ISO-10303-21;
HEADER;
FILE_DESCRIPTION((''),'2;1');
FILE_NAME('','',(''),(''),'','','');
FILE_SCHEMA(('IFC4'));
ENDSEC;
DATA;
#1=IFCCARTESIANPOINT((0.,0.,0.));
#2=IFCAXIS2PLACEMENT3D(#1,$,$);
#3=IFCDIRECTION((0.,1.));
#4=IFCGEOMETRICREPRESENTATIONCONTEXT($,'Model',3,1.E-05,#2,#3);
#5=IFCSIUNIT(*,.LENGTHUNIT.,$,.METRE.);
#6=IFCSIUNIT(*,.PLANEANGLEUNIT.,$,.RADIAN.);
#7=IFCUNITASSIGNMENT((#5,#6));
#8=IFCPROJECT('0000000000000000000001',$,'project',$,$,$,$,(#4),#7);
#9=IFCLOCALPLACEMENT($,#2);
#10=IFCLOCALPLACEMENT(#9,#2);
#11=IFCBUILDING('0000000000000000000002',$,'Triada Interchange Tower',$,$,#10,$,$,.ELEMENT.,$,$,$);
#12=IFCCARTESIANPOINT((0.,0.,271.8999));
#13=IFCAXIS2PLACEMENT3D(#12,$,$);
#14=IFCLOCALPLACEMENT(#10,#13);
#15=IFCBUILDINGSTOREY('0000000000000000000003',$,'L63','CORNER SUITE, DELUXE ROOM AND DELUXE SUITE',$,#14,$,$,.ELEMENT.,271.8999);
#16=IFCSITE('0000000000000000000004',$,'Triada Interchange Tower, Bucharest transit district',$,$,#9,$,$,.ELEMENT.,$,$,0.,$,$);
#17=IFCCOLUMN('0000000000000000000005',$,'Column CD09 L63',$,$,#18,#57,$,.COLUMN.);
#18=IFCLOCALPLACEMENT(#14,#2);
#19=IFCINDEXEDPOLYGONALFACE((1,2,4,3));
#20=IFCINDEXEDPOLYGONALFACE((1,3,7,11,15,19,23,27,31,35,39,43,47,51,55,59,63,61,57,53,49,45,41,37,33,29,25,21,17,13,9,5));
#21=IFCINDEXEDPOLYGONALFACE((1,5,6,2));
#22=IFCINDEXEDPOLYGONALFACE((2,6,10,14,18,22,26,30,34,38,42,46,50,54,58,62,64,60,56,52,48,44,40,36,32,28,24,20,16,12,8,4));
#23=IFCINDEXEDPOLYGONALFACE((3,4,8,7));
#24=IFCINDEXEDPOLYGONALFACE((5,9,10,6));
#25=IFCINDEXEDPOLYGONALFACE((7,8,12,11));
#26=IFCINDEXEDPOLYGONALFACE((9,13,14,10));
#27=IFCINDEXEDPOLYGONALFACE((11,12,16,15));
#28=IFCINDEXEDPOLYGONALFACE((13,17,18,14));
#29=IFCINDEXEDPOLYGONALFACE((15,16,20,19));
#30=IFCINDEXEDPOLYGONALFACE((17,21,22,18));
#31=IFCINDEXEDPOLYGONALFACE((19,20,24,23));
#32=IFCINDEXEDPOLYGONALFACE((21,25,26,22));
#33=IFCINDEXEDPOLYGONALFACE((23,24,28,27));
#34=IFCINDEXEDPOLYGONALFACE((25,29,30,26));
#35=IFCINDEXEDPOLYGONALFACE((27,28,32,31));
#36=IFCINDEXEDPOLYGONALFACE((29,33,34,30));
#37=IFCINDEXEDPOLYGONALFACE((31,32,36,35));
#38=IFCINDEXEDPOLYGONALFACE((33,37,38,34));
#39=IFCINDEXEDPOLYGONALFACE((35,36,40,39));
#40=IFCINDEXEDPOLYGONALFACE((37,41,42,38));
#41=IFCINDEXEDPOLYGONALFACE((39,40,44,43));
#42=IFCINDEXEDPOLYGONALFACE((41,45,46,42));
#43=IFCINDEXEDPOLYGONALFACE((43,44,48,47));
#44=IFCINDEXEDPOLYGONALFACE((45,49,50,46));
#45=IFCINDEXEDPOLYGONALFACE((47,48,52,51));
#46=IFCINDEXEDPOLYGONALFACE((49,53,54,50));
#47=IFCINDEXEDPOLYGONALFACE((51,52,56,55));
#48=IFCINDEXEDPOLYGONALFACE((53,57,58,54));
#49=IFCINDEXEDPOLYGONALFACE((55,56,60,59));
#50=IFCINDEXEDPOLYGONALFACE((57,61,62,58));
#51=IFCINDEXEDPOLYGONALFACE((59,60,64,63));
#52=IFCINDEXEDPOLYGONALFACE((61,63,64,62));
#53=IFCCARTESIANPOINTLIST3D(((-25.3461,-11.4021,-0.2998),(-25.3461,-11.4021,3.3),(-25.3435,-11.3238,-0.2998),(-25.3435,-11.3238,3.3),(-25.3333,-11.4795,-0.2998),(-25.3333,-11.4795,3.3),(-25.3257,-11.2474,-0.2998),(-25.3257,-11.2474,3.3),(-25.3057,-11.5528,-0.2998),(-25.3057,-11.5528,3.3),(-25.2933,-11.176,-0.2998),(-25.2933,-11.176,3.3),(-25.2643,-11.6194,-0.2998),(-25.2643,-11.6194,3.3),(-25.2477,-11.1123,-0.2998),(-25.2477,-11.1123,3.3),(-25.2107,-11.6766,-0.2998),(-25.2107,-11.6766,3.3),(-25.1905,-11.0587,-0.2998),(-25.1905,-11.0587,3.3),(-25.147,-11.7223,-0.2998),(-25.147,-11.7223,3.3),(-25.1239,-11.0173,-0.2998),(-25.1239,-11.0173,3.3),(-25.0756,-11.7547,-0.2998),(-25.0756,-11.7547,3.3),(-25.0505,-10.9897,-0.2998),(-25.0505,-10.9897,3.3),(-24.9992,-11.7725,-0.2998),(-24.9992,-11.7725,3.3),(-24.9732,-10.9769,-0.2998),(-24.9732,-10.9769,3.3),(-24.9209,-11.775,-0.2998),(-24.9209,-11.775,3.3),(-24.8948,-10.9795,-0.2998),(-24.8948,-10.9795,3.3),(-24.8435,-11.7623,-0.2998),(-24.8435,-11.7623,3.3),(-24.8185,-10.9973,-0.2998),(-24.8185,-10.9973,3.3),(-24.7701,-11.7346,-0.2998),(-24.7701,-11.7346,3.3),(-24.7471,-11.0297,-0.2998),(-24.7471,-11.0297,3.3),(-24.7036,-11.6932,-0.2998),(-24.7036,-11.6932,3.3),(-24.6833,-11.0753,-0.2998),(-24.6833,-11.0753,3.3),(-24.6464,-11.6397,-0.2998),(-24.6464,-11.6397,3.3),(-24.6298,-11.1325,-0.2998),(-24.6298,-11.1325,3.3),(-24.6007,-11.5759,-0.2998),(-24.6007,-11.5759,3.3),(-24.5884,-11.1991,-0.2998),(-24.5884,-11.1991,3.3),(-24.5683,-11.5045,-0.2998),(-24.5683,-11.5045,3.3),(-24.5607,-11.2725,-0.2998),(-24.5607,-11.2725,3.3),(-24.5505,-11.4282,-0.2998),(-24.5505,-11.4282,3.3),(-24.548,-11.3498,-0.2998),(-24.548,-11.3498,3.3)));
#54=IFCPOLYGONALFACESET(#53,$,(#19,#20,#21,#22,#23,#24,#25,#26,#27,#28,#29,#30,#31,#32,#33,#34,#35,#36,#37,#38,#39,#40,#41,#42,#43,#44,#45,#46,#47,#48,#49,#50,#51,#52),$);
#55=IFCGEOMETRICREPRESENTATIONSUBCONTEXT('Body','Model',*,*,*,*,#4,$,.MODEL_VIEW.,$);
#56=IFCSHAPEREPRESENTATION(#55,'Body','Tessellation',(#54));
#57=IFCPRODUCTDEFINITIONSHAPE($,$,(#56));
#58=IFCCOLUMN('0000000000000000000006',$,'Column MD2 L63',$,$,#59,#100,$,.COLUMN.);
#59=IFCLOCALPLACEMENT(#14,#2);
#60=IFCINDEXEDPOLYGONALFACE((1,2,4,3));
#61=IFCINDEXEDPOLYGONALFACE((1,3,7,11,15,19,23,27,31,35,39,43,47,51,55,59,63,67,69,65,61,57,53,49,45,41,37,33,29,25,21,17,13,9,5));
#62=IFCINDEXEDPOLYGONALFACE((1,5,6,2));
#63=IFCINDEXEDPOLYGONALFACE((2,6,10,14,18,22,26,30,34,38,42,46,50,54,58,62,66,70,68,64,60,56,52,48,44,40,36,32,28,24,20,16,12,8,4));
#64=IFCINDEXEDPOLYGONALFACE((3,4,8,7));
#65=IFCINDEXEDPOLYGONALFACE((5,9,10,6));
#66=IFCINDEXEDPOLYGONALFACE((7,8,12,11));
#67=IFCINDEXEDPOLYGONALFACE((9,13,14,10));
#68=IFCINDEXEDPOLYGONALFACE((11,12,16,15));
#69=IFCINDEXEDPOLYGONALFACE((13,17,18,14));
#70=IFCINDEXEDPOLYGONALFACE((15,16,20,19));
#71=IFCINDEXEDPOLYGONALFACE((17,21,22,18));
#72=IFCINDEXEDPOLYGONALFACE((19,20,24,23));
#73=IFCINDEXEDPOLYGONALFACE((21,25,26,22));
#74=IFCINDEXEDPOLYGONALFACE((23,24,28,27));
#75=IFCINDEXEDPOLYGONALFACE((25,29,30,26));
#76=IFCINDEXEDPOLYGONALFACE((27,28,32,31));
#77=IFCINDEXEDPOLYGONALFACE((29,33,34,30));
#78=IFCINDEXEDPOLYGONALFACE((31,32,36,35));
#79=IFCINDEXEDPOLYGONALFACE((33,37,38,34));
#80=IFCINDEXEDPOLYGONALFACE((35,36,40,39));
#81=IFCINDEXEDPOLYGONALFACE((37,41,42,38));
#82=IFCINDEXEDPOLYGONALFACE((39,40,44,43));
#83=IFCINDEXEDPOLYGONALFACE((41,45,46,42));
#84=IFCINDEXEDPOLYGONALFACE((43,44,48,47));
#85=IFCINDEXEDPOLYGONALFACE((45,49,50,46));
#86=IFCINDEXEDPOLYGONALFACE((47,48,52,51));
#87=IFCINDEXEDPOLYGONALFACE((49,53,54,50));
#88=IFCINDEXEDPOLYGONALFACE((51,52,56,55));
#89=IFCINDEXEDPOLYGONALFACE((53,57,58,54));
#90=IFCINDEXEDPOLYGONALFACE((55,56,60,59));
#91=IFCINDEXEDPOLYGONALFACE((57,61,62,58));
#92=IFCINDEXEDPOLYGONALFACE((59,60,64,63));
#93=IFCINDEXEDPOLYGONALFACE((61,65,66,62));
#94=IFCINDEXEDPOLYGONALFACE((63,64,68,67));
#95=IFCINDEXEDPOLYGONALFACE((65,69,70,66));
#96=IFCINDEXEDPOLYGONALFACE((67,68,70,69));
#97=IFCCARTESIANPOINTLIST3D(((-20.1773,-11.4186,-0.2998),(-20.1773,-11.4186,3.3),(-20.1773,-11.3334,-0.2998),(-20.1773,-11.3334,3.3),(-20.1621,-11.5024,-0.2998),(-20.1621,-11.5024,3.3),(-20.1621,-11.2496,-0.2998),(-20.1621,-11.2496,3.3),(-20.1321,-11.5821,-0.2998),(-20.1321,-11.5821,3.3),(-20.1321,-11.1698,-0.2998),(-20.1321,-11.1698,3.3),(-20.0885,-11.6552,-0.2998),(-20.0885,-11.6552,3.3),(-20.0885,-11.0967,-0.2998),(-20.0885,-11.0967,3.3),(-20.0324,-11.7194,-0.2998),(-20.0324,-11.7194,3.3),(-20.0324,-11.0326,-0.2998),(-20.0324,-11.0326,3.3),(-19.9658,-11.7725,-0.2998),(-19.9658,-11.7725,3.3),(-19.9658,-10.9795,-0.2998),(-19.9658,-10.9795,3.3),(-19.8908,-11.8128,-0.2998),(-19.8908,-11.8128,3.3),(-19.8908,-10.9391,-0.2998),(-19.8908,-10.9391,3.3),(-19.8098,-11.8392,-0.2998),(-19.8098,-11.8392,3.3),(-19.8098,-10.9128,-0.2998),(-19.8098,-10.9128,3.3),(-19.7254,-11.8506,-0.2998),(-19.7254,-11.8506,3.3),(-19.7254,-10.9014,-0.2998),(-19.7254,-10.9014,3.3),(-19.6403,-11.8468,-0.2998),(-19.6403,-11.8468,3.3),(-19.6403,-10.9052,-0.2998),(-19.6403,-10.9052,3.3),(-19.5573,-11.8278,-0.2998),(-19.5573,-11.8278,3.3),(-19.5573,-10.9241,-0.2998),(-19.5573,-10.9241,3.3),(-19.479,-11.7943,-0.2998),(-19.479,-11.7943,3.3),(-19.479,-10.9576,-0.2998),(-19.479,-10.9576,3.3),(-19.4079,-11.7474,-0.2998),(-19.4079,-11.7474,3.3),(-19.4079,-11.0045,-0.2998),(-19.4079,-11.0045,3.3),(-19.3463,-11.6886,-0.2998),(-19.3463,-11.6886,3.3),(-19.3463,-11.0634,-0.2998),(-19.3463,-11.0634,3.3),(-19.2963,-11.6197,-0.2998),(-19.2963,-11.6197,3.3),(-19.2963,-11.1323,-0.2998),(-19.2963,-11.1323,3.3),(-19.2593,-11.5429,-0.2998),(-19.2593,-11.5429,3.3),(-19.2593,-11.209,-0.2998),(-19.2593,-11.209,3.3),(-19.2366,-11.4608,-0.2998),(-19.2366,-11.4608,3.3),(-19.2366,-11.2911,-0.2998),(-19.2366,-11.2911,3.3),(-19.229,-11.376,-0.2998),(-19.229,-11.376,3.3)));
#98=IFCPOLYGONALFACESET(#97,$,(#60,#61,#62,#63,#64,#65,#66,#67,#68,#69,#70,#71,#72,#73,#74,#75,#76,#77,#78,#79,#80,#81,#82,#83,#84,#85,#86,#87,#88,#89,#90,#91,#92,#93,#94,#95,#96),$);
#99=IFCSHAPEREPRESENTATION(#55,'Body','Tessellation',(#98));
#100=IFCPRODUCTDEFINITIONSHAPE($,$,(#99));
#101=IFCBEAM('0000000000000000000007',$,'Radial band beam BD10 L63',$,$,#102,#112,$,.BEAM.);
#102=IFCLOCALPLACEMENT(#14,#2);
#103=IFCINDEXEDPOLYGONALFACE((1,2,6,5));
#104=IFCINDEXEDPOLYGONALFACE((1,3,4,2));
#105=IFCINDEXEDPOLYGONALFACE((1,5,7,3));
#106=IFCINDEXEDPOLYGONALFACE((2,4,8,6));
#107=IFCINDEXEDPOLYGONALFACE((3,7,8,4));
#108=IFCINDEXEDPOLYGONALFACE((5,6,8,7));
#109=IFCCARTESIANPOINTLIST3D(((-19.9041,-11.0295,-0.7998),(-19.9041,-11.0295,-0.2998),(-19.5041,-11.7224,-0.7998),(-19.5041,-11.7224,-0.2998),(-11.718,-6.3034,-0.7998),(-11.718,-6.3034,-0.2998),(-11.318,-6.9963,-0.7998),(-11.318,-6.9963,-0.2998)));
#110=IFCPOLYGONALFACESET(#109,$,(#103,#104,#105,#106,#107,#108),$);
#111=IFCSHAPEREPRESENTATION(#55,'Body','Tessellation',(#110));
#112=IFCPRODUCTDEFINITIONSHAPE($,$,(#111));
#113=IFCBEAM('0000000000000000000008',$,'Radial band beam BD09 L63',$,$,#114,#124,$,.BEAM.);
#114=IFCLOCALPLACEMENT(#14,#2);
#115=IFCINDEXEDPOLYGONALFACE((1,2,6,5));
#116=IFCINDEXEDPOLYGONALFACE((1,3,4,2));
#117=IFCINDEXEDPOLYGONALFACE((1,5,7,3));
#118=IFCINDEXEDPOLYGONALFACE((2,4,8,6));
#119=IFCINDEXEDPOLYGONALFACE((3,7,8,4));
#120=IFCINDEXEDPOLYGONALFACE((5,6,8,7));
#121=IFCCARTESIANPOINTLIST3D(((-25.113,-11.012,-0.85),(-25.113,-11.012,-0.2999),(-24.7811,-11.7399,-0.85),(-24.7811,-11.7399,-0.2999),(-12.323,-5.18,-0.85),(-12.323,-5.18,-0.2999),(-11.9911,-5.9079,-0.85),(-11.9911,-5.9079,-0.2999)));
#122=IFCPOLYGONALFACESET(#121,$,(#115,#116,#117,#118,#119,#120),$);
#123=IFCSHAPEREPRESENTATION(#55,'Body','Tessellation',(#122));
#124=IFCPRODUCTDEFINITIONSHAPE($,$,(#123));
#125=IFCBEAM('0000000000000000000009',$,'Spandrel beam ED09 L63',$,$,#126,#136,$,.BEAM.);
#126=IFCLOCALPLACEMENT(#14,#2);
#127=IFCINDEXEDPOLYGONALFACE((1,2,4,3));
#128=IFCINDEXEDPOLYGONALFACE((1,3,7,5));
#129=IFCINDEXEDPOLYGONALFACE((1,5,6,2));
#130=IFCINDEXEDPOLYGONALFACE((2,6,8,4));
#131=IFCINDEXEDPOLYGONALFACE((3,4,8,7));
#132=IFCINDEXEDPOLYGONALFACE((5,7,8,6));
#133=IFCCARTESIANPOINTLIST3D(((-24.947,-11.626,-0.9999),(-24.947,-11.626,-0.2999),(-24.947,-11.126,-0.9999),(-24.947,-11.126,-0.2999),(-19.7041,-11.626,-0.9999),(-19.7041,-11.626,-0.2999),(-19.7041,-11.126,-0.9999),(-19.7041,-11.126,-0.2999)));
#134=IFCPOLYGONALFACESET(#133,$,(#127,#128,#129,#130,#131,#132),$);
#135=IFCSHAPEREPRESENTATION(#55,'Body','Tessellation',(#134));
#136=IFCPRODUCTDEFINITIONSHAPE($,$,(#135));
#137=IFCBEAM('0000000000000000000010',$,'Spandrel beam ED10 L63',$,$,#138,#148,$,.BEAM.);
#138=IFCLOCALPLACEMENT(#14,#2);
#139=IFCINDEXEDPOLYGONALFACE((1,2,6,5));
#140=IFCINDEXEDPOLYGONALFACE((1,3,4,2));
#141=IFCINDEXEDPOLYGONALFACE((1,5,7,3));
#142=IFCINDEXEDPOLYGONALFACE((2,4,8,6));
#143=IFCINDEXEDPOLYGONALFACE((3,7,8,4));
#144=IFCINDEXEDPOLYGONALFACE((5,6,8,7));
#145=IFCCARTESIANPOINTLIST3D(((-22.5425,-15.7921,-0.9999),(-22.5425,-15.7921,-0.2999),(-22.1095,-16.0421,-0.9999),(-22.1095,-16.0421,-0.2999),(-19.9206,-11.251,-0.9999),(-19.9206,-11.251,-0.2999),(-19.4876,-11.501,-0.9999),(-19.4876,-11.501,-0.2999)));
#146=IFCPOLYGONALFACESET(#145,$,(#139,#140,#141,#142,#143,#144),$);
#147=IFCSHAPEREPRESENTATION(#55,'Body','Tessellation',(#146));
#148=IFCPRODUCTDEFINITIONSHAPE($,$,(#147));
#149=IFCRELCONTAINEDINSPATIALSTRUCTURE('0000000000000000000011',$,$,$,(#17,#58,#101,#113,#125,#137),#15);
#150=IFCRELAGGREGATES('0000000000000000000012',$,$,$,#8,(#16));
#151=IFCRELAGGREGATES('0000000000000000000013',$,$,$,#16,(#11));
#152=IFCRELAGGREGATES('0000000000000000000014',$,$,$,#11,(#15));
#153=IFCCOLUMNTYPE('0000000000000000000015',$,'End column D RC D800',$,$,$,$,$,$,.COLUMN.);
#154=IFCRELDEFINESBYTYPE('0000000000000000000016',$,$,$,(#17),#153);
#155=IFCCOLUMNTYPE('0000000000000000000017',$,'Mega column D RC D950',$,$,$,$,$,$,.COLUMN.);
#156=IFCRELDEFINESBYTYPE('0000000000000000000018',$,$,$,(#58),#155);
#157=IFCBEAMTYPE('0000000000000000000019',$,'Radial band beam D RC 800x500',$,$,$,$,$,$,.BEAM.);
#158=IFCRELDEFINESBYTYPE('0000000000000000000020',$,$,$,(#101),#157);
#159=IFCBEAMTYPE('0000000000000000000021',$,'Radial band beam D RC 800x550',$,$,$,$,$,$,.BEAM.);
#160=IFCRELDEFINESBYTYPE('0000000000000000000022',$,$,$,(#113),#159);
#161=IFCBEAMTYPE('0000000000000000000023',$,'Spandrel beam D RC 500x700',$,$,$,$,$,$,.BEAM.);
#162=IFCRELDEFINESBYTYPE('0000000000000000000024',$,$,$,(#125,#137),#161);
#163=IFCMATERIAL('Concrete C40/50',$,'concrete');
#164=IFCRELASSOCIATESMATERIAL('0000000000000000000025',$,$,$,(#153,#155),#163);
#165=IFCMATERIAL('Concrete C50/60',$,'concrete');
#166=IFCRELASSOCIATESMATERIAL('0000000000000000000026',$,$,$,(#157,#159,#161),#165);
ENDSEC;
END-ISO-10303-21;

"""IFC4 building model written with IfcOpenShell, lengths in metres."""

from ifc_helpers import new_model, si_unit, direction, frame, origin, origin_2d, place, context, subcontext, project, spatial, rectangle, circle, extrude, material, material_profile, profile_set, type_object, element, save


model = new_model("IFC4")

# Units and contexts
model_context = context("Model", 3, precision=1e-05, world=origin(), true_north=direction((0.0, 1.0)))
body_context = subcontext(model_context, "Body", "Model", "MODEL_VIEW")
ifc_project = project(units=[si_unit("LENGTHUNIT", "METRE"), si_unit("PLANEANGLEUNIT", "RADIAN")], contexts=[model_context])

# Site, building, storey
site_placement = place(None, origin())
site = spatial("IfcSite", under=ifc_project, at=site_placement, Name="Triada Interchange Tower, Bucharest transit district", CompositionType="ELEMENT", RefElevation=0.0)
building_placement = place(site_placement, origin())
building = spatial("IfcBuilding", under=site, at=building_placement, Name="Triada Interchange Tower", CompositionType="ELEMENT")
storey_placement = place(building_placement, frame((0.0, 0.0, 271.8999)))
storey = spatial("IfcBuildingStorey", under=building, at=storey_placement, Name="L63", Description="CORNER SUITE, DELUXE ROOM AND DELUXE SUITE", CompositionType="ELEMENT", Elevation=271.8999)

# Columns
ifc_material_1 = material(Name="Concrete C40/50", Category="concrete")
ifc_material_profile_1 = material_profile(ifc_material_1, circle(Radius=0.3999, at=origin_2d()), Name="RC D800")
ifc_profile_set_1 = profile_set([ifc_material_profile_1], Name="Concrete C40/50")
column_type_1 = type_object("IfcColumnType", Name="End column D RC D800", PredefinedType="COLUMN", material=ifc_profile_set_1)
column_1_placement = place(storey_placement, frame((-24.947, -11.376, -0.2998), z_axis=(0.0, 0.0, 1.0), x_axis=(0.5, 0.866025, 0.0)))
element("IfcColumn", 1, at=column_1_placement, inside=storey, type_object=column_type_1, Name="Column CD09 L63", PredefinedType="COLUMN", context=body_context, shape_type="SweptSolid", body=[
    extrude(circle(Radius=0.3999, at=origin_2d()), origin(), (0.0, 0.0, 1.0), 3.5999),
])
ifc_material_profile_2 = material_profile(ifc_material_1, circle(Radius=0.4751, at=origin_2d()), Name="RC D950")
ifc_profile_set_2 = profile_set([ifc_material_profile_2], Name="Concrete C40/50")
column_type_2 = type_object("IfcColumnType", Name="Mega column D RC D950", PredefinedType="COLUMN", material=ifc_profile_set_2)
column_2_placement = place(storey_placement, frame((-19.7041, -11.376, -0.2998), z_axis=(0.0, 0.0, 1.0), x_axis=(1.0, 0.0, 0.0)))
element("IfcColumn", 2, at=column_2_placement, inside=storey, type_object=column_type_2, Name="Column MD2 L63", PredefinedType="COLUMN", context=body_context, shape_type="SweptSolid", body=[
    extrude(circle(Radius=0.4751, at=origin_2d()), origin(), (0.0, 0.0, 1.0), 3.5999),
])

# Beams
ifc_material_2 = material(Name="Concrete C50/60", Category="concrete")
ifc_material_profile_3 = material_profile(ifc_material_2, rectangle(XDim=0.8, YDim=0.5, at=origin_2d()), Name="RC 800x500")
ifc_profile_set_3 = profile_set([ifc_material_profile_3], Name="Concrete C50/60")
beam_type_1 = type_object("IfcBeamType", Name="Radial band beam D RC 800x500", PredefinedType="BEAM", material=ifc_profile_set_3)
beam_1_placement = place(storey_placement, frame((-19.7041, -11.376, -0.5498), z_axis=(0.866032, 0.499989, 0.0), x_axis=(-0.499989, 0.866032, 0.0)))
element("IfcBeam", 3, at=beam_1_placement, inside=storey, type_object=beam_type_1, Name="Radial band beam BD10 L63", PredefinedType="BEAM", context=body_context, shape_type="SweptSolid", body=[
    extrude(rectangle(XDim=0.8, YDim=0.5, at=origin_2d()), origin(), (0.0, 0.0, 1.0), 9.4524),
])
ifc_material_profile_4 = material_profile(ifc_material_2, rectangle(XDim=0.8, YDim=0.55, at=origin_2d()), Name="RC 800x550")
ifc_profile_set_4 = profile_set([ifc_material_profile_4], Name="Concrete C50/60")
beam_type_2 = type_object("IfcBeamType", Name="Radial band beam D RC 800x550", PredefinedType="BEAM", material=ifc_profile_set_4)
beam_2_placement = place(storey_placement, frame((-24.947, -11.376, -0.575), z_axis=(0.909873, 0.414886, 0.0), x_axis=(-0.414886, 0.909873, 0.0)))
element("IfcBeam", 4, at=beam_2_placement, inside=storey, type_object=beam_type_2, Name="Radial band beam BD09 L63", PredefinedType="BEAM", context=body_context, shape_type="SweptSolid", body=[
    extrude(rectangle(XDim=0.8, YDim=0.55, at=origin_2d()), origin(), (0.0, 0.0, 1.0), 14.0569),
])
ifc_material_profile_5 = material_profile(ifc_material_2, rectangle(XDim=0.5, YDim=0.7, at=origin_2d()), Name="RC 500x700")
ifc_profile_set_5 = profile_set([ifc_material_profile_5], Name="Concrete C50/60")
beam_type_3 = type_object("IfcBeamType", Name="Spandrel beam D RC 500x700", PredefinedType="BEAM", material=ifc_profile_set_5)
beam_3_placement = place(storey_placement, frame((-24.947, -11.376, -0.6499), z_axis=(1.0, 0.0, 0.0), x_axis=(0.0, 1.0, 0.0)))
element("IfcBeam", 5, at=beam_3_placement, inside=storey, type_object=beam_type_3, Name="Spandrel beam ED09 L63", PredefinedType="BEAM", context=body_context, shape_type="SweptSolid", body=[
    extrude(rectangle(XDim=0.5, YDim=0.7, at=origin_2d()), origin(), (0.0, 0.0, 1.0), 5.2429),
])
beam_4_placement = place(storey_placement, frame((-19.7041, -11.376, -0.6499), z_axis=(-0.50001, -0.86602, 0.0), x_axis=(0.86602, -0.50001, 0.0)))
element("IfcBeam", 6, at=beam_4_placement, inside=storey, type_object=beam_type_3, Name="Spandrel beam ED10 L63", PredefinedType="BEAM", context=body_context, shape_type="SweptSolid", body=[
    extrude(rectangle(XDim=0.5, YDim=0.7, at=origin_2d()), origin(), (0.0, 0.0, 1.0), 5.2437),
])

save(model, "model.ifc")
